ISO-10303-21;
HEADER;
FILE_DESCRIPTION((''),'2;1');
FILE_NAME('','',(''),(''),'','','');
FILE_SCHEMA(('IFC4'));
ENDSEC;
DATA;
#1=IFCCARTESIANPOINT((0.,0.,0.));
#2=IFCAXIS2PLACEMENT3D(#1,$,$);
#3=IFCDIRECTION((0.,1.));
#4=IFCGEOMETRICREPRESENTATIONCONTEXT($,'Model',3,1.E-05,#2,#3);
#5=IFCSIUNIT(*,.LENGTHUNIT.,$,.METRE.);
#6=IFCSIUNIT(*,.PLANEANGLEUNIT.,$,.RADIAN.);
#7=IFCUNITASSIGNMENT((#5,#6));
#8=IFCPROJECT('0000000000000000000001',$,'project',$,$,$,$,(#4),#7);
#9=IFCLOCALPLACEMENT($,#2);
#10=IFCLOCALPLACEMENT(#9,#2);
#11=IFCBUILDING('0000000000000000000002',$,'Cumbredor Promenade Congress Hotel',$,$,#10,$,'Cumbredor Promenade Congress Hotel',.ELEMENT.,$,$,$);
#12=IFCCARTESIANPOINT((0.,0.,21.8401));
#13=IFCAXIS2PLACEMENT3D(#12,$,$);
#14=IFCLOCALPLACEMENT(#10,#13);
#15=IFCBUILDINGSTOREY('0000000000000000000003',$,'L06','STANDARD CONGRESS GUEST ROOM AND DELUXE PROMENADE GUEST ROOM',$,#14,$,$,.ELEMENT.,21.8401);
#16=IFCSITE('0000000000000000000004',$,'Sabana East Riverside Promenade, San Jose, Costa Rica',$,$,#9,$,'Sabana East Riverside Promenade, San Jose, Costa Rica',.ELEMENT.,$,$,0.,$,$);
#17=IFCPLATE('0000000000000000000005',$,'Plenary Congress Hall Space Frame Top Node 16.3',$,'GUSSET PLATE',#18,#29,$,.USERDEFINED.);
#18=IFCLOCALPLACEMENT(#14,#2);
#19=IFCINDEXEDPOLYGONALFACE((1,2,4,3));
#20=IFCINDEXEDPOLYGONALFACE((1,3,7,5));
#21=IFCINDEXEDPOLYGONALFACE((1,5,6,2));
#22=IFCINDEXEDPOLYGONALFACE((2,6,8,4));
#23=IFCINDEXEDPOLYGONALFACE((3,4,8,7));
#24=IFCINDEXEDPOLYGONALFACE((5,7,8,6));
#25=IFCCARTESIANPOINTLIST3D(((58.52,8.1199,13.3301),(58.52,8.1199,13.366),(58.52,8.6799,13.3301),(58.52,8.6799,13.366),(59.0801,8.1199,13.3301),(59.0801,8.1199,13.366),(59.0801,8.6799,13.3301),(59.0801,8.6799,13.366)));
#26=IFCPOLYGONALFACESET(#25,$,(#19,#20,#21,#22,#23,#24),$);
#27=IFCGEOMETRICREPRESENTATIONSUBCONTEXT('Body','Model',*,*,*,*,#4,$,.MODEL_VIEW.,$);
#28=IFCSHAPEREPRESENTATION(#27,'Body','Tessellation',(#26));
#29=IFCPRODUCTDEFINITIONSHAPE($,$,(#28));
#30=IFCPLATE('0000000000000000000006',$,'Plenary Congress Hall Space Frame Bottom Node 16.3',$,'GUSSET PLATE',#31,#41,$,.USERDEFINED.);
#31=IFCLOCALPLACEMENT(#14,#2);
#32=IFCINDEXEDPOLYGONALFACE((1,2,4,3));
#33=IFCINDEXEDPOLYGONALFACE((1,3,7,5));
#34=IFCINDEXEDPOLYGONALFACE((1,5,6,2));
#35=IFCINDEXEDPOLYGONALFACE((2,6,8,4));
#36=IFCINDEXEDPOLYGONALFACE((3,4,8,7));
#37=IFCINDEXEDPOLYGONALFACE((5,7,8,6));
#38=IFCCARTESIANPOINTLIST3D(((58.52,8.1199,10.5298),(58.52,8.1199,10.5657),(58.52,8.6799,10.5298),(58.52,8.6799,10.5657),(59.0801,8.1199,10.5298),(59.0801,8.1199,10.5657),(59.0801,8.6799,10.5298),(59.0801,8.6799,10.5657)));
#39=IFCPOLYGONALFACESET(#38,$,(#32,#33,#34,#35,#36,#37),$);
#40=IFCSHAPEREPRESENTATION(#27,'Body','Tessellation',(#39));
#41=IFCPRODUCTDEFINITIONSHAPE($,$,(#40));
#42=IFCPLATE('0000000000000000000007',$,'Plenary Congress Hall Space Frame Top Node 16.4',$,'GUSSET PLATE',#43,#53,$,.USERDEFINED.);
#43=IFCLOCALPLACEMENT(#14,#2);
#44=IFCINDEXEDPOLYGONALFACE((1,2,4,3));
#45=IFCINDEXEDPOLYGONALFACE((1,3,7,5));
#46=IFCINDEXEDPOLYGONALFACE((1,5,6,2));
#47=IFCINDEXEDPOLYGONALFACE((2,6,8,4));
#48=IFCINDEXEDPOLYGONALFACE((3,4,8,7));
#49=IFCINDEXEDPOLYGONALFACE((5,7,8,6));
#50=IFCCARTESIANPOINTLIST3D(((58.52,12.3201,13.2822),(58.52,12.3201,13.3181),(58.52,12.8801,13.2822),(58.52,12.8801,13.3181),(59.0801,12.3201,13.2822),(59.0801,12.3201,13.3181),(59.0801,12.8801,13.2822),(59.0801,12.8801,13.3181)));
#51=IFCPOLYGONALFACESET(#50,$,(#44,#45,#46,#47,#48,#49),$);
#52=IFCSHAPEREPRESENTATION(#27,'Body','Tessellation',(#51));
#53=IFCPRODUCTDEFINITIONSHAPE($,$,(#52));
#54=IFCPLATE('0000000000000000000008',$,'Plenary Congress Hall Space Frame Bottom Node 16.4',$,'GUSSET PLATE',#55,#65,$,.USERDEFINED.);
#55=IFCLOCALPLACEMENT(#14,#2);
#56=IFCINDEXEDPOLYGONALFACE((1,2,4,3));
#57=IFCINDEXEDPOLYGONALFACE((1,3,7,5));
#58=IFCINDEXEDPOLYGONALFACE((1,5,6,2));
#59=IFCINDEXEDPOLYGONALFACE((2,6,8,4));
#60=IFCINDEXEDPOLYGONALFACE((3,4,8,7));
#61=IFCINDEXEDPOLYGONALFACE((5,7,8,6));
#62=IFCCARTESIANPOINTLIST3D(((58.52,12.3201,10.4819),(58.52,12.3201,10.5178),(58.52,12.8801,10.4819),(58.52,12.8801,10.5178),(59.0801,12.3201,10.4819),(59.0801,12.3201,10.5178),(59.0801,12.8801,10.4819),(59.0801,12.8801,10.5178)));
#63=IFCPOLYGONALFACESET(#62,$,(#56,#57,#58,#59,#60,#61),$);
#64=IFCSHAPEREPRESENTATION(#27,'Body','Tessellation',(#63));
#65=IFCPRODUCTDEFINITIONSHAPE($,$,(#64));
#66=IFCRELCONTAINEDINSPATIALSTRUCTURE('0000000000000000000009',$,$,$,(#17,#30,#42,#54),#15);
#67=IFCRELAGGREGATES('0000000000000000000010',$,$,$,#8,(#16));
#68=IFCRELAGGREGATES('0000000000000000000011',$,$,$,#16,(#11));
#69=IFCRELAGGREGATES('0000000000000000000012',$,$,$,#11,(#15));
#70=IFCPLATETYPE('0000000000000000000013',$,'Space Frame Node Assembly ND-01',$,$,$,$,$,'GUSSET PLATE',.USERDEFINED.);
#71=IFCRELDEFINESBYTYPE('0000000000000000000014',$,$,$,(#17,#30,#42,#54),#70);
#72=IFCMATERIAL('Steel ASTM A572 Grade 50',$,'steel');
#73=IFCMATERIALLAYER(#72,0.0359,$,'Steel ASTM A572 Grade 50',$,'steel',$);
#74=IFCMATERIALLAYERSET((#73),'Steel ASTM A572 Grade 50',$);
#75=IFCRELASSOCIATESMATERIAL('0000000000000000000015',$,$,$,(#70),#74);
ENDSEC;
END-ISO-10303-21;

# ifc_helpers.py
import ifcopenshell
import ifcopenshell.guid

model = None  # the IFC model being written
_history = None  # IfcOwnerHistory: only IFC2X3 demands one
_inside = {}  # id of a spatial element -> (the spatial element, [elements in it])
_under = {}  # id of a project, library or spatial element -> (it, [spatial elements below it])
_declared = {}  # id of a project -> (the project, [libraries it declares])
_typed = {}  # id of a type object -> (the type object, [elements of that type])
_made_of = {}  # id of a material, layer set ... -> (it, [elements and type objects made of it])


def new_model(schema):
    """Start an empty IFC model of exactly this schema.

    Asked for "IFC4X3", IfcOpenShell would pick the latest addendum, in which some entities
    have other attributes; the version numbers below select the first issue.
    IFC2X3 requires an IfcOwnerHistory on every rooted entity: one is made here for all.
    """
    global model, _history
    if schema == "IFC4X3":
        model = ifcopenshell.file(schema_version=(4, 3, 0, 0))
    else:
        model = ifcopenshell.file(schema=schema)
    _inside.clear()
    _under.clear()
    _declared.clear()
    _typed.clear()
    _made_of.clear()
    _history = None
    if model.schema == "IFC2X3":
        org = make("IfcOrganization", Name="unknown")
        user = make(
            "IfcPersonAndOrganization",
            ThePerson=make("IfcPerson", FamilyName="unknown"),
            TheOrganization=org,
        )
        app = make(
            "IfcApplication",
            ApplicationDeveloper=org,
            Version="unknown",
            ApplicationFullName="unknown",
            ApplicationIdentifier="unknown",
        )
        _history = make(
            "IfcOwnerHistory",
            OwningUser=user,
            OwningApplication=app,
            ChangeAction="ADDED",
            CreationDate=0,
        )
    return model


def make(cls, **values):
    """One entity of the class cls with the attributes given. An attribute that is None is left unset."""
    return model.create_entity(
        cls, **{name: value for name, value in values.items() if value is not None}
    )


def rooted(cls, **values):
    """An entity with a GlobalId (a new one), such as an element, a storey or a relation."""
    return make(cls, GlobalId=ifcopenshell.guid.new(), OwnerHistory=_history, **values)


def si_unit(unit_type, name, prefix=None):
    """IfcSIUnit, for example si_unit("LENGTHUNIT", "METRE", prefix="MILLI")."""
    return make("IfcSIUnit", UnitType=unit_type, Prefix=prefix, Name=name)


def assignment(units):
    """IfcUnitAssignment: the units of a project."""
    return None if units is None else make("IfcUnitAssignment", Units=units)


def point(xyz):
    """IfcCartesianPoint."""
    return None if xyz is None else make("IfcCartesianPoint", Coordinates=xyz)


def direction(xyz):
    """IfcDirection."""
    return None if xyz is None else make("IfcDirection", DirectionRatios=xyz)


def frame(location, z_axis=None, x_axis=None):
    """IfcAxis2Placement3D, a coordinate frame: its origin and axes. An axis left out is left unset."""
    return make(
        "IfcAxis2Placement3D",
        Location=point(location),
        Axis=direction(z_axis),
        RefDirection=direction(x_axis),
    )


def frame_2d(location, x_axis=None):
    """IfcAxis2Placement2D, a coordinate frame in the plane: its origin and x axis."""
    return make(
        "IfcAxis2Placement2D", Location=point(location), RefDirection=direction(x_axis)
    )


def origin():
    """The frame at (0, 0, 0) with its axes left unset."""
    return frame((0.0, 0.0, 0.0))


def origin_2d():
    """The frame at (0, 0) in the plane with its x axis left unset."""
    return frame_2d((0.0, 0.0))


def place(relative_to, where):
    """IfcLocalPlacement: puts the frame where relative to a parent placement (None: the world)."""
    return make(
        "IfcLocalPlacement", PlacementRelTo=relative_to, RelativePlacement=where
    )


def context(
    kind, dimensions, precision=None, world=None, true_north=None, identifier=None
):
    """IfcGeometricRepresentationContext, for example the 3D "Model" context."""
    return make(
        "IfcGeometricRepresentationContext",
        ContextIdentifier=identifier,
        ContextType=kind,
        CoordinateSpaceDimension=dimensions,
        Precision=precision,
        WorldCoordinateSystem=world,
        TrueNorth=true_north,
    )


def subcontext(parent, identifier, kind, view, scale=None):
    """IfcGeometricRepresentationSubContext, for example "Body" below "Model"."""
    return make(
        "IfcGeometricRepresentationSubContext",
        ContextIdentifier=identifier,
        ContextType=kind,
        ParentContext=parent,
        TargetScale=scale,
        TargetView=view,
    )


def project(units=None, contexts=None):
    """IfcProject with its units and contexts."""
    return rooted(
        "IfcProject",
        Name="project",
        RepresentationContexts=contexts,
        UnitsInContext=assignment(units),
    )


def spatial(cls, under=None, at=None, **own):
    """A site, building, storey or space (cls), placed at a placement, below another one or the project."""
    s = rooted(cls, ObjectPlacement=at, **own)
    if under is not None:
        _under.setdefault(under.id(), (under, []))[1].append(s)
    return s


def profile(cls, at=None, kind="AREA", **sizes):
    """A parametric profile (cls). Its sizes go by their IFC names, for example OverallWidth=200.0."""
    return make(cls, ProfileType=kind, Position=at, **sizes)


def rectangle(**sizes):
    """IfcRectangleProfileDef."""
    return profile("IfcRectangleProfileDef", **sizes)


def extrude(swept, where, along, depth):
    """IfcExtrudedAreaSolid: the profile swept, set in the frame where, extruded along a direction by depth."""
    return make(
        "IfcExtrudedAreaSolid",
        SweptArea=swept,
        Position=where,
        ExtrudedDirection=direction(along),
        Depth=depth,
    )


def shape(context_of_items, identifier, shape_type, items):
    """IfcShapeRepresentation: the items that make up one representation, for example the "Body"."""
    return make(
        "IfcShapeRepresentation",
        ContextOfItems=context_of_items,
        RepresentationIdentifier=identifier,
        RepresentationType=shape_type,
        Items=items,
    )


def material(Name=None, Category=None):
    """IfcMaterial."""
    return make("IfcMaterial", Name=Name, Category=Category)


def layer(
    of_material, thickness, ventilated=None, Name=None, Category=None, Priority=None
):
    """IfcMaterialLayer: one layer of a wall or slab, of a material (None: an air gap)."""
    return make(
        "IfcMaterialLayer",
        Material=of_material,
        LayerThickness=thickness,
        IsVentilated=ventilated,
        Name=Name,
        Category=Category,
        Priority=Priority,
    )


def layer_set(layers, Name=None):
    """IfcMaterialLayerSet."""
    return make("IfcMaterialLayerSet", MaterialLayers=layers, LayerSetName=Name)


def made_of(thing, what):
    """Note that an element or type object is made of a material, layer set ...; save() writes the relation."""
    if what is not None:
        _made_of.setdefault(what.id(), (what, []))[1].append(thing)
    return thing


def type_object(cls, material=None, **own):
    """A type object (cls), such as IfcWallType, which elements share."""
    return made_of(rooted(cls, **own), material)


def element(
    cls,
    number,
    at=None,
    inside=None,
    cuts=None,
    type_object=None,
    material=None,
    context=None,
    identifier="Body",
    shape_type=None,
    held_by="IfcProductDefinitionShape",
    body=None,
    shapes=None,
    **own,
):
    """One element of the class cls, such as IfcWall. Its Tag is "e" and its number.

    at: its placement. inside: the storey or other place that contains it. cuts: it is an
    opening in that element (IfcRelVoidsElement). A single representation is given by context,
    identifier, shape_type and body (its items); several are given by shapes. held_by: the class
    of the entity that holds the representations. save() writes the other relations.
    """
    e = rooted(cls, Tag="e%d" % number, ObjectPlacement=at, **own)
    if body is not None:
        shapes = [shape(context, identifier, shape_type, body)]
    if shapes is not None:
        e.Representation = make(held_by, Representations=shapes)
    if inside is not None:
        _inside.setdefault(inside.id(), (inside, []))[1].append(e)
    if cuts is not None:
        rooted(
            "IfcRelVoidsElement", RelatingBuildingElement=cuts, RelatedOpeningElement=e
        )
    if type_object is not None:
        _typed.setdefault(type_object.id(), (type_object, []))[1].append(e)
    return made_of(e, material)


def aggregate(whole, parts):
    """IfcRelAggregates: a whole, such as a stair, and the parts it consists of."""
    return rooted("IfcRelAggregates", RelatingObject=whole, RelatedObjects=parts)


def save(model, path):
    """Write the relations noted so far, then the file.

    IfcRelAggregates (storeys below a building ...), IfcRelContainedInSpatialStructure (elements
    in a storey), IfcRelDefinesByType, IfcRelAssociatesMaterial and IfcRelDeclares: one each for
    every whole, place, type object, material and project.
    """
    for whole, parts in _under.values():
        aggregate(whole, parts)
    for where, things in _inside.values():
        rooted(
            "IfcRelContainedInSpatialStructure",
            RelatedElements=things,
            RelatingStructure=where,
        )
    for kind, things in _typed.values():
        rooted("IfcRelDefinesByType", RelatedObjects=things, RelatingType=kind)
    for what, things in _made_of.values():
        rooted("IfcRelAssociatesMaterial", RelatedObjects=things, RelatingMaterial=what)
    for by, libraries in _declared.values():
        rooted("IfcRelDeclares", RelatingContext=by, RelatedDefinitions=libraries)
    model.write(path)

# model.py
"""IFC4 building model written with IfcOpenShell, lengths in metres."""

from ifc_helpers import new_model, si_unit, direction, frame, origin, origin_2d, place, context, subcontext, project, spatial, rectangle, extrude, material, layer, layer_set, type_object, element, save


model = new_model("IFC4")

# Units and contexts
model_context = context("Model", 3, precision=1e-05, world=origin(), true_north=direction((0.0, 1.0)))
body_context = subcontext(model_context, "Body", "Model", "MODEL_VIEW")
ifc_project = project(units=[si_unit("LENGTHUNIT", "METRE"), si_unit("PLANEANGLEUNIT", "RADIAN")], contexts=[model_context])

# Site, building, storey
site_placement = place(None, origin())
site = spatial("IfcSite", under=ifc_project, at=site_placement, Name="Sabana East Riverside Promenade, San Jose, Costa Rica", LongName="Sabana East Riverside Promenade, San Jose, Costa Rica", CompositionType="ELEMENT", RefElevation=0.0)
building_placement = place(site_placement, origin())
building = spatial("IfcBuilding", under=site, at=building_placement, Name="Cumbredor Promenade Congress Hotel", LongName="Cumbredor Promenade Congress Hotel", CompositionType="ELEMENT")
storey_placement = place(building_placement, frame((0.0, 0.0, 21.8401)))
storey = spatial("IfcBuildingStorey", under=building, at=storey_placement, Name="L06", Description="STANDARD CONGRESS GUEST ROOM AND DELUXE PROMENADE GUEST ROOM", CompositionType="ELEMENT", Elevation=21.8401)

# Plates
ifc_material_1 = material(Name="Steel ASTM A572 Grade 50", Category="steel")
ifc_layer = layer(ifc_material_1, 0.0359, Name="Steel ASTM A572 Grade 50", Category="steel")
ifc_layer_set = layer_set([ifc_layer], Name="Steel ASTM A572 Grade 50")
plate_type = type_object("IfcPlateType", Name="Space Frame Node Assembly ND-01", ElementType="GUSSET PLATE", PredefinedType="USERDEFINED", material=ifc_layer_set)
for number, where, z_axis, x_axis, name in (
    (1, (58.8, 8.3999, 13.3301), (0.0, 0.0, 1.0), (1.0, 0.0, 0.0), "Plenary Congress Hall Space Frame Top Node 16.3"),
    (2, (58.8, 8.3999, 10.5298), (0.0, 0.0, 1.0), (1.0, 0.0, 0.0), "Plenary Congress Hall Space Frame Bottom Node 16.3"),
    (3, (58.8, 12.6001, 13.2822), (0.0, 0.0, 1.0), (1.0, 0.0, 0.0), "Plenary Congress Hall Space Frame Top Node 16.4"),
    (4, (58.8, 12.6001, 10.4819), (0.0, 0.0, 1.0), (1.0, 0.0, 0.0), "Plenary Congress Hall Space Frame Bottom Node 16.4"),
):
    element("IfcPlate", number, at=place(storey_placement, frame(where, z_axis=z_axis, x_axis=x_axis)), inside=storey, type_object=plate_type, Name=name, ObjectType="GUSSET PLATE", PredefinedType="USERDEFINED", context=body_context, shape_type="SweptSolid", body=[
        extrude(rectangle(XDim=0.5601, YDim=0.5601, at=origin_2d()), origin(), (0.0, 0.0, 1.0), 0.0359),
    ])

save(model, "model.ifc")
